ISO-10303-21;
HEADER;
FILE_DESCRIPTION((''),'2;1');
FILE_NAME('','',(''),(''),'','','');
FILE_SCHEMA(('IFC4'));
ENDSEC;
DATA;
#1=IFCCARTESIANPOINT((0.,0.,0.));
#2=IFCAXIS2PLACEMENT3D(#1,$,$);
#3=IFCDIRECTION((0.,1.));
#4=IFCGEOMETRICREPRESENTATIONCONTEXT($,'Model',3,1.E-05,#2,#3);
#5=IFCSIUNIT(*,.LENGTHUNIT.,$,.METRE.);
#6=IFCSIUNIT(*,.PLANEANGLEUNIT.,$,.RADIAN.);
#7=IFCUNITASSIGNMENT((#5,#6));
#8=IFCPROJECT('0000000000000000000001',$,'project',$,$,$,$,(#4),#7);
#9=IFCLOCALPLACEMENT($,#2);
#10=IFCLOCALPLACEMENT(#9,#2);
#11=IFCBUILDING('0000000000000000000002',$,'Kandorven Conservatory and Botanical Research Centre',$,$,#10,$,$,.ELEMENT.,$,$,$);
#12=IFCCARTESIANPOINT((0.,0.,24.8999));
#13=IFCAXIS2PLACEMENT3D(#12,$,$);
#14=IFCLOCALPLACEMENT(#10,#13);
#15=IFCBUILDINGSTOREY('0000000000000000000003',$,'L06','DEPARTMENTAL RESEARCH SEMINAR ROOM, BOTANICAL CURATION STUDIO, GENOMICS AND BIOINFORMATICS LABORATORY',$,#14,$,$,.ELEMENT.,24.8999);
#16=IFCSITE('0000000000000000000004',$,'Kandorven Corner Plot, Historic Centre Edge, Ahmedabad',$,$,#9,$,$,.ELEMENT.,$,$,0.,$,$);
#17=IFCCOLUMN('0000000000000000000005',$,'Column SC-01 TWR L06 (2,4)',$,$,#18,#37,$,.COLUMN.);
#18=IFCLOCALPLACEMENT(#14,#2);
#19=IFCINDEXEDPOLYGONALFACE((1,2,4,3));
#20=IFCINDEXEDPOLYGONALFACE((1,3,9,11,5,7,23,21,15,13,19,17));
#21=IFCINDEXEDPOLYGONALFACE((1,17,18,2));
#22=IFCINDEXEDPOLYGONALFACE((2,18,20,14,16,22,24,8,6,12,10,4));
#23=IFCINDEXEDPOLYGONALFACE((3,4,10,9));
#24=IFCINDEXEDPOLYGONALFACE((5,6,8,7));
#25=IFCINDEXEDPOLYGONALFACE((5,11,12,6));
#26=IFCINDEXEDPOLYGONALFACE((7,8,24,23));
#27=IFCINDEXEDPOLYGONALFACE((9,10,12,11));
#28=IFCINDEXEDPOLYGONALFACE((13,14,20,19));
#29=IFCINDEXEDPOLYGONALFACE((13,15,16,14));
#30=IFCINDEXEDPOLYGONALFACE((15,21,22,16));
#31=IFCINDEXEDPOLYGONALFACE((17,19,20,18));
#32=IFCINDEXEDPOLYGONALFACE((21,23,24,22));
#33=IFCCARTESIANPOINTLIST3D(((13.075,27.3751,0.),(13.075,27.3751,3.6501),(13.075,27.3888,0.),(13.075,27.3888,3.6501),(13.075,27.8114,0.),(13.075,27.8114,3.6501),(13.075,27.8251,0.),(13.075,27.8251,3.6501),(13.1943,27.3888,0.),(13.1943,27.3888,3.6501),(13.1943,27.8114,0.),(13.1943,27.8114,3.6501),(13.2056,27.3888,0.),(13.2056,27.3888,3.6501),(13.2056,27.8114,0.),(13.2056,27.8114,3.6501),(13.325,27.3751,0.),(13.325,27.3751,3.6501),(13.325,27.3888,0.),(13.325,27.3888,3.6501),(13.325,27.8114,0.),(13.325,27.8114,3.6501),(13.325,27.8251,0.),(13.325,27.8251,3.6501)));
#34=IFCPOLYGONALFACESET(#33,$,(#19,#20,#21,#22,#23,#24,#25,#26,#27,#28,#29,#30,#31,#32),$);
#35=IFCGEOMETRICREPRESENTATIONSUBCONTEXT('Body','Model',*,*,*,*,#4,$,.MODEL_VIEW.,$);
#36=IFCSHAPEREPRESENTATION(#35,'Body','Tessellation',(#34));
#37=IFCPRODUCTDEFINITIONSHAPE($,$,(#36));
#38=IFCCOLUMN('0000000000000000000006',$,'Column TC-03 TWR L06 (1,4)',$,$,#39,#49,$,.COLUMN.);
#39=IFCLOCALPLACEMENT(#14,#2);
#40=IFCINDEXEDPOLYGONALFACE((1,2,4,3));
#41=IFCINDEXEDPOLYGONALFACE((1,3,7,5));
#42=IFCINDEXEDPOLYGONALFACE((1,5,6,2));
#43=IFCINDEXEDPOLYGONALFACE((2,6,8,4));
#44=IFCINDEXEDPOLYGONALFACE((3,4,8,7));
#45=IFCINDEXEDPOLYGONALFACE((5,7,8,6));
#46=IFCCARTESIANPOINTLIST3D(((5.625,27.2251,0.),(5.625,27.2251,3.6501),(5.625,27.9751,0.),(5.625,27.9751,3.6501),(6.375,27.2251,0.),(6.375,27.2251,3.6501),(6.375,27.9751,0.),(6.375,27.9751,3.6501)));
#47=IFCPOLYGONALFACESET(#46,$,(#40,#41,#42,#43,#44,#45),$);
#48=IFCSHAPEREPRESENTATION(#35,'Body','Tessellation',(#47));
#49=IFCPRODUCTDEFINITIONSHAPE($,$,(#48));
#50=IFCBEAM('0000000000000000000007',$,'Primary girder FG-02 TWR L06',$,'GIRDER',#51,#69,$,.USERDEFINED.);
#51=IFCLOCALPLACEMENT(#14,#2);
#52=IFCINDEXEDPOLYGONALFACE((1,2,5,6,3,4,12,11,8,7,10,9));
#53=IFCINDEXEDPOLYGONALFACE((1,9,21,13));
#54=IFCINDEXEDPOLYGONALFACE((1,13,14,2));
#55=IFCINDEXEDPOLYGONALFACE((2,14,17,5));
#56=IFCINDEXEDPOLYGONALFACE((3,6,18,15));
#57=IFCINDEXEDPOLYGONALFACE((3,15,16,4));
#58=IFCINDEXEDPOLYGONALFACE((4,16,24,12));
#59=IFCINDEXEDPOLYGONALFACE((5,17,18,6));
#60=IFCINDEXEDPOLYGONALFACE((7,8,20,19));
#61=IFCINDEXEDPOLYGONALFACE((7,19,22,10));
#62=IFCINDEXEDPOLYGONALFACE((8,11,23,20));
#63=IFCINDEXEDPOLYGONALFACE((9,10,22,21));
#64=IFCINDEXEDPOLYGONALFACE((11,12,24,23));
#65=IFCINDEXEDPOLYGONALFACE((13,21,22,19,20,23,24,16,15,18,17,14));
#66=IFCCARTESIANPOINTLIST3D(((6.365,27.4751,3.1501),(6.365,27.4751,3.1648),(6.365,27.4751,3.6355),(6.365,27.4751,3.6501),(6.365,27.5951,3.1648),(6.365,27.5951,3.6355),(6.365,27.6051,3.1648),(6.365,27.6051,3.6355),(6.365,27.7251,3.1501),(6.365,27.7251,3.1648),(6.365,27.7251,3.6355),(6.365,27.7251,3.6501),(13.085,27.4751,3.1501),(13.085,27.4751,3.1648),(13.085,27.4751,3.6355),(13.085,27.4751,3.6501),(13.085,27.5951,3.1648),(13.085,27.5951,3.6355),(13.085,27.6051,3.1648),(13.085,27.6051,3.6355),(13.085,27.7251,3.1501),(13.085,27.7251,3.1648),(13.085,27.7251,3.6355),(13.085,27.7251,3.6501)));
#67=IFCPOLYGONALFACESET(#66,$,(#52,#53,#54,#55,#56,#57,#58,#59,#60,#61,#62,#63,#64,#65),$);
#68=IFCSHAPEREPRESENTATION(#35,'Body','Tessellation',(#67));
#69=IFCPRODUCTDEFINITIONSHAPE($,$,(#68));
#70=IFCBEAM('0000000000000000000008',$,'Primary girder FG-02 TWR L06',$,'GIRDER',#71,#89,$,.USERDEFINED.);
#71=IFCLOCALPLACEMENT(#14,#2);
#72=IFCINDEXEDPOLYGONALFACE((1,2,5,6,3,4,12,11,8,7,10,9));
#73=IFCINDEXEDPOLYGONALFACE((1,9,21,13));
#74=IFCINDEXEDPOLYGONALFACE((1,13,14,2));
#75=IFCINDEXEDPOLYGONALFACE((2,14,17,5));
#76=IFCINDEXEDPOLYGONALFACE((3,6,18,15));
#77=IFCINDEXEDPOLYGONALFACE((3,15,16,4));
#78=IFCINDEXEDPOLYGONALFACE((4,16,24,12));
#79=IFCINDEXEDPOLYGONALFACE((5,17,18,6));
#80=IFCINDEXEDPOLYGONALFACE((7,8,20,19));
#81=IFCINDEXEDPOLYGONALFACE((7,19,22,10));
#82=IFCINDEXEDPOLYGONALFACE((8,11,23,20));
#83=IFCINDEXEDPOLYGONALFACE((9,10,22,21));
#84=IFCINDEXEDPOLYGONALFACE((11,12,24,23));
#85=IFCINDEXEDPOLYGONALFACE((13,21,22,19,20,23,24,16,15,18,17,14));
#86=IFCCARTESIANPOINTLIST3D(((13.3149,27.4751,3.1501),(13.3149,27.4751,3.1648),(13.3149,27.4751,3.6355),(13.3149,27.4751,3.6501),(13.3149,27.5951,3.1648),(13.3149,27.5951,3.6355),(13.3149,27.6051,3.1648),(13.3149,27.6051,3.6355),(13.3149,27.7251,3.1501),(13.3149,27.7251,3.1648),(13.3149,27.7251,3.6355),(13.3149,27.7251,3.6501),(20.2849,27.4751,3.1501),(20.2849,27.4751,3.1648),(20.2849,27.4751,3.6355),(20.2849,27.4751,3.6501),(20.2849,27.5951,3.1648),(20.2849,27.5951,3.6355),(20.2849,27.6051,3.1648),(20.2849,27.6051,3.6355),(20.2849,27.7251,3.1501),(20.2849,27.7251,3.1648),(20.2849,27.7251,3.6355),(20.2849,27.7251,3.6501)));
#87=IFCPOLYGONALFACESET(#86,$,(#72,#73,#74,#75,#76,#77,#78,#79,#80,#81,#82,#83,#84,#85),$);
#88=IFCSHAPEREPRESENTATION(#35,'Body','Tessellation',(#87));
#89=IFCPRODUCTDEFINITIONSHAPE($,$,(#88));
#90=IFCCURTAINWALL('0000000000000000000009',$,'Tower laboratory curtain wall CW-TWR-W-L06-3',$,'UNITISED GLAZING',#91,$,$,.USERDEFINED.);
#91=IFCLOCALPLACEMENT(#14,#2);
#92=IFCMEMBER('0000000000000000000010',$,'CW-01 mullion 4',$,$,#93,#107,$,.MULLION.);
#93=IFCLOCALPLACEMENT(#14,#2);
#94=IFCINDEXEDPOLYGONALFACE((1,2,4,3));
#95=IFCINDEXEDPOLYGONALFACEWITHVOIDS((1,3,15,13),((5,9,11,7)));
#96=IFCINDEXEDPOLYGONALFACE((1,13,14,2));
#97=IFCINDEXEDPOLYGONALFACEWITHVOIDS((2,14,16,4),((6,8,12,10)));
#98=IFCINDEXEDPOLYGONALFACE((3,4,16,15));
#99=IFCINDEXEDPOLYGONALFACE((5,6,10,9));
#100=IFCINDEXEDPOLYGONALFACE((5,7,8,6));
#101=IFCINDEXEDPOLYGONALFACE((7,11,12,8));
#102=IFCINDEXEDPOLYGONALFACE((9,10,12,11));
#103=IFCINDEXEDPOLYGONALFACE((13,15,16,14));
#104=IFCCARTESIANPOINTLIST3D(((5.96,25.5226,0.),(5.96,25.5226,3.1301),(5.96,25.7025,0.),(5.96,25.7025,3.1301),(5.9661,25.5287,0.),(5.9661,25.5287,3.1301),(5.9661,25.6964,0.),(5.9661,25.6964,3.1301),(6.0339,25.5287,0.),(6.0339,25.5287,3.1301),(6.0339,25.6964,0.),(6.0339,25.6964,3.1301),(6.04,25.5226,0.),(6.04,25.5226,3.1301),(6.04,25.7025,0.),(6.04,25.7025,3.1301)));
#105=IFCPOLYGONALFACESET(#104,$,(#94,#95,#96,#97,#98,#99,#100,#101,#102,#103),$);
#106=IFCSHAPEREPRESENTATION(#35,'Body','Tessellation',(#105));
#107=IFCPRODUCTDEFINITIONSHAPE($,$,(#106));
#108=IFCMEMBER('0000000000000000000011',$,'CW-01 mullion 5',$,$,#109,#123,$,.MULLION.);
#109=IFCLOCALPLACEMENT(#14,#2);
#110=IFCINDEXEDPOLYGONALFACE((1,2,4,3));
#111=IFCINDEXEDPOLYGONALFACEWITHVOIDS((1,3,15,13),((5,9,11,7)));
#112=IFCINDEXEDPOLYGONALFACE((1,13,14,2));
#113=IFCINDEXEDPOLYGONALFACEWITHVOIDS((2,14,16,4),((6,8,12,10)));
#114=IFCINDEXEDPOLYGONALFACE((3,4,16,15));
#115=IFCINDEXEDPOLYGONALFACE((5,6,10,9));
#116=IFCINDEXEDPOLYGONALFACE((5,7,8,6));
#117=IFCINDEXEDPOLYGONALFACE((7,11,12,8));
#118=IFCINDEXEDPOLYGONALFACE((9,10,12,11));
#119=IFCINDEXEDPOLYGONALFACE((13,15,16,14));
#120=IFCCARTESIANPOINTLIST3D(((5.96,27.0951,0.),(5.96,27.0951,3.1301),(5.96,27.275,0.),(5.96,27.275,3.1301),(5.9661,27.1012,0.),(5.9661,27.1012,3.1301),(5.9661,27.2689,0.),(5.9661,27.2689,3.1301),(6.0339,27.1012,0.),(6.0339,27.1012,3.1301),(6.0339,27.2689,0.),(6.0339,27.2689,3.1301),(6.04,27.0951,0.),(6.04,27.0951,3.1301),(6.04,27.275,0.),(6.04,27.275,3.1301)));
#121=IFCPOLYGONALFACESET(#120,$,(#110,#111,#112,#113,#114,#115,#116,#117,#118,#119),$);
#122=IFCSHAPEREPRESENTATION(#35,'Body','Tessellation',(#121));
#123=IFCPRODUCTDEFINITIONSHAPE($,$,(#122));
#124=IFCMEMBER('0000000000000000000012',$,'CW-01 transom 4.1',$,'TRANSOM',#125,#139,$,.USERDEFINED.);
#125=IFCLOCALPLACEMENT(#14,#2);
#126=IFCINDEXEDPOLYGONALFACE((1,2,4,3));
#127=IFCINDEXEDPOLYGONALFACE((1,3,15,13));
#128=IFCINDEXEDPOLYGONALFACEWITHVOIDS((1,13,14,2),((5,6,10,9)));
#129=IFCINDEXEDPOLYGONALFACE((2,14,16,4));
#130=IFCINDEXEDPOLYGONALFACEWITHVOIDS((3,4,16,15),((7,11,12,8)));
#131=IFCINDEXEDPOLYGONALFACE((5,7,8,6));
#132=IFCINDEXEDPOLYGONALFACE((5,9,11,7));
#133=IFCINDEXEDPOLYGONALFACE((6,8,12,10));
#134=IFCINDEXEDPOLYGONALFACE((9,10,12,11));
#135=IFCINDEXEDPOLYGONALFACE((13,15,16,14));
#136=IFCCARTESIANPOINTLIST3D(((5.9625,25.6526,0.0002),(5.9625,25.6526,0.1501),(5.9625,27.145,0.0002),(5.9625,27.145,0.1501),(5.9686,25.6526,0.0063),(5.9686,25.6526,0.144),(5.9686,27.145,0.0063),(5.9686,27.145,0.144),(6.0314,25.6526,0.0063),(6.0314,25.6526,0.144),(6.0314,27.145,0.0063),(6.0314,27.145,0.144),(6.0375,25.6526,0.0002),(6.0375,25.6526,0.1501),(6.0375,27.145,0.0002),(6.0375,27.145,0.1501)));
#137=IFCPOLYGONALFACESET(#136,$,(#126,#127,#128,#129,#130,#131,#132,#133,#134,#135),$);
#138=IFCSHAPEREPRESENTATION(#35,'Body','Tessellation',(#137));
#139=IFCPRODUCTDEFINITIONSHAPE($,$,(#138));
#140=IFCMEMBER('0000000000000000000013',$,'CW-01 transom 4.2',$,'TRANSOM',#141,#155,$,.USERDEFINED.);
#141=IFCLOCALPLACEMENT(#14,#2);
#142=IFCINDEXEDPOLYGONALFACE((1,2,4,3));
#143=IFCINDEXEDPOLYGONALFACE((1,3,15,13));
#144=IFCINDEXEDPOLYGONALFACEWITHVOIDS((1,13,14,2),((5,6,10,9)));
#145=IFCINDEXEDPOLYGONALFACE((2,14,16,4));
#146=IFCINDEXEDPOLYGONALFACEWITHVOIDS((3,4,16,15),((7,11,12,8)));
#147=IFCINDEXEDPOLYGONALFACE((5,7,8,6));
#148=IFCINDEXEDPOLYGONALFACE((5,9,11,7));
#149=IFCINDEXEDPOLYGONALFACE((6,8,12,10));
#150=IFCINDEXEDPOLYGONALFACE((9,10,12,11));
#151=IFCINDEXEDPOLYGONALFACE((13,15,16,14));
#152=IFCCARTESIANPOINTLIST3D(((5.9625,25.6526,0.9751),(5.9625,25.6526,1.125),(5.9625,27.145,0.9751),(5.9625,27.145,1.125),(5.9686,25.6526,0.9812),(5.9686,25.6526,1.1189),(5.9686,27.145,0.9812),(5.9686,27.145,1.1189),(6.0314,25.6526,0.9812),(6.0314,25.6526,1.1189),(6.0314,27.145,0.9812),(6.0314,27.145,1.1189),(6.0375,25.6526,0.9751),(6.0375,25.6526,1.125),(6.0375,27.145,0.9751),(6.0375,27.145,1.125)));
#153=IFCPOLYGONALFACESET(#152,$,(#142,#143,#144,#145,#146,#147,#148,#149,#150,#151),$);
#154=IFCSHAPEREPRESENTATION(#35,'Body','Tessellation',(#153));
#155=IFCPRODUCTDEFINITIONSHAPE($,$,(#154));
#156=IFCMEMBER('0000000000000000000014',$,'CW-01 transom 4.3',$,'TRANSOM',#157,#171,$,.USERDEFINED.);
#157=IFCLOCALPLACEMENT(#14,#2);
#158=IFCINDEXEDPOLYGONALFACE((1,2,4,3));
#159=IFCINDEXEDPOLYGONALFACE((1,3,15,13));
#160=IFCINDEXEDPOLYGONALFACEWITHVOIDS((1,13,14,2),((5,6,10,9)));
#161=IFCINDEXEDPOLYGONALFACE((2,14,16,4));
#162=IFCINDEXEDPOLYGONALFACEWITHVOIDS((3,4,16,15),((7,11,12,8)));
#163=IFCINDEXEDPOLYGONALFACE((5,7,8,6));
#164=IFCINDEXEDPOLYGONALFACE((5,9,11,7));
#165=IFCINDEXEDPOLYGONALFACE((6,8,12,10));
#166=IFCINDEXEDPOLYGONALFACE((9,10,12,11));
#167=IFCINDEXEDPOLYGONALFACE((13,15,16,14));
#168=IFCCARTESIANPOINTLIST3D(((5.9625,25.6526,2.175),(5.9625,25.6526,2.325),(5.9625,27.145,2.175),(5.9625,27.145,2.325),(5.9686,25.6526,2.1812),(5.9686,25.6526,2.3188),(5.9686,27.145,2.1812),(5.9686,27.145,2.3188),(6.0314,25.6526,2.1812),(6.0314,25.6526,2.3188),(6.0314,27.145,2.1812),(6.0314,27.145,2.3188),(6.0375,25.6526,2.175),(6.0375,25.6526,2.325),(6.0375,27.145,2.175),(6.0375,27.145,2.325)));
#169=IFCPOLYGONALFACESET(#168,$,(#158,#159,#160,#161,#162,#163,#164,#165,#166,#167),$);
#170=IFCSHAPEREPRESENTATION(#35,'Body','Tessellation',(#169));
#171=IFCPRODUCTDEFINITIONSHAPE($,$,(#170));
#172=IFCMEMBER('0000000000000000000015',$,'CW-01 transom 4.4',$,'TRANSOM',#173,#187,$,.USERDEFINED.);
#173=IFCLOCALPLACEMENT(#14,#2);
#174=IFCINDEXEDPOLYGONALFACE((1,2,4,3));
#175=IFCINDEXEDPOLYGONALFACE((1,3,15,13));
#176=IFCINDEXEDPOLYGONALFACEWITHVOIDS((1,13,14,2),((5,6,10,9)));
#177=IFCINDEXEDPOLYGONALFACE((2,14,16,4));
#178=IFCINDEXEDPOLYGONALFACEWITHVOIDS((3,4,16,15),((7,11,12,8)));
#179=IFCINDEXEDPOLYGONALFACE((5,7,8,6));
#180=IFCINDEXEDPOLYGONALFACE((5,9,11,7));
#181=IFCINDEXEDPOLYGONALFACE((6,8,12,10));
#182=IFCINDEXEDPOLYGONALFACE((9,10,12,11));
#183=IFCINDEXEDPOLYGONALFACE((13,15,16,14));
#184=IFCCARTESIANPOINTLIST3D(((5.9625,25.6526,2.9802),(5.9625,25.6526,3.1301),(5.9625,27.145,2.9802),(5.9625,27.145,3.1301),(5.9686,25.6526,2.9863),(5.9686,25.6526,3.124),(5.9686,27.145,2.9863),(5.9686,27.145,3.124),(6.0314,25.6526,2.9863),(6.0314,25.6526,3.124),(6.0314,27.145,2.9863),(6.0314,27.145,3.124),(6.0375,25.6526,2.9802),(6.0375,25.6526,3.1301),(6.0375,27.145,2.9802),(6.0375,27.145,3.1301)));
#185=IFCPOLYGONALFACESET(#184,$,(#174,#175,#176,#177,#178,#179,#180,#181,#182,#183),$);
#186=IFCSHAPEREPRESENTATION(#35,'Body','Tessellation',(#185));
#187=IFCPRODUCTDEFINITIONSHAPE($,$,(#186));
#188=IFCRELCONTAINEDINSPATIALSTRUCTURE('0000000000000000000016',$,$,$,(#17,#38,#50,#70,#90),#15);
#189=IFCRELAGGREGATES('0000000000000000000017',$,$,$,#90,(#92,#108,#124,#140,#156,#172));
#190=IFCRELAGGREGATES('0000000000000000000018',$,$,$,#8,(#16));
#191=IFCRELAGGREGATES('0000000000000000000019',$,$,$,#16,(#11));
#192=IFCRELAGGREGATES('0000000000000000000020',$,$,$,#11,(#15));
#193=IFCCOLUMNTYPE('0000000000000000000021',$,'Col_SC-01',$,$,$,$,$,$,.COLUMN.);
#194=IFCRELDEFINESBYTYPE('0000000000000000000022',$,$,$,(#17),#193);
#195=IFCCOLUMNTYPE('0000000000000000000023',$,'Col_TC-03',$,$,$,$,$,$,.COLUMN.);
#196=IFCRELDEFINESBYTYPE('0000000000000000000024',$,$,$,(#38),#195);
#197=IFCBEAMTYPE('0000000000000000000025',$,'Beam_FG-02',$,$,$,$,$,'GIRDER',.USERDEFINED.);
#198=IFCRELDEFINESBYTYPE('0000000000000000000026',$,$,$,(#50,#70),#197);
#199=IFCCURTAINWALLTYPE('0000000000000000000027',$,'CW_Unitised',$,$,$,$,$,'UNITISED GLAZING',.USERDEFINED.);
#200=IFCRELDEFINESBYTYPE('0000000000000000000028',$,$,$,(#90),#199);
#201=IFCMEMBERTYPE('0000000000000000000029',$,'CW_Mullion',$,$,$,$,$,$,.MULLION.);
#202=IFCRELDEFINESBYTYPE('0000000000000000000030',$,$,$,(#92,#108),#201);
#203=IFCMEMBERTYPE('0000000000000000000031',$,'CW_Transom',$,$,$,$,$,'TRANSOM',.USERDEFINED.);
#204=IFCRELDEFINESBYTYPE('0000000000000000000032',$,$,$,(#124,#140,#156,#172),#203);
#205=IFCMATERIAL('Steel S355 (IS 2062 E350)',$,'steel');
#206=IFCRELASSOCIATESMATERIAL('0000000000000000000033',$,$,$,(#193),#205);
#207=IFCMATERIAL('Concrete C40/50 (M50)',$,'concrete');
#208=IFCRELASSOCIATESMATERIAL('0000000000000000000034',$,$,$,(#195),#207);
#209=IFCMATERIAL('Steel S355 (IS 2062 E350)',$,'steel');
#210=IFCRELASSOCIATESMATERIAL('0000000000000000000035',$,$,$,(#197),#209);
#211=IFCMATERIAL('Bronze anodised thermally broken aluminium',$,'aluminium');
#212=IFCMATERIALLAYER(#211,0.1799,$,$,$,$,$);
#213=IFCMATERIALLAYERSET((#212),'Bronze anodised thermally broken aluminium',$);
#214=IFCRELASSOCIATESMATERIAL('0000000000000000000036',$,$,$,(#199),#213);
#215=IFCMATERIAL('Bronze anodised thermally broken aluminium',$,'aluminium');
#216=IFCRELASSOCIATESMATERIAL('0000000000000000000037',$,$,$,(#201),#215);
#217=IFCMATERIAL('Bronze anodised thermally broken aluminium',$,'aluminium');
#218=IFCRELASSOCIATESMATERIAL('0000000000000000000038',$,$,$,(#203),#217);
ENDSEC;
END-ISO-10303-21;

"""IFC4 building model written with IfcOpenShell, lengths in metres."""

from ifc_helpers import new_model, si_unit, direction, frame, origin, origin_2d, place, context, subcontext, project, spatial, rectangle, hollow_rectangle, i_section, extrude, material, layer, layer_set, material_profile, profile_set, type_object, element, aggregate, save


model = new_model("IFC4")

# Units and contexts
model_context = context("Model", 3, precision=1e-05, world=origin(), true_north=direction((0.0, 1.0)))
body_context = subcontext(model_context, "Body", "Model", "MODEL_VIEW")
ifc_project = project(units=[si_unit("LENGTHUNIT", "METRE"), si_unit("PLANEANGLEUNIT", "RADIAN")], contexts=[model_context])

# Site, building, storey
site_placement = place(None, origin())
site = spatial("IfcSite", under=ifc_project, at=site_placement, Name="Kandorven Corner Plot, Historic Centre Edge, Ahmedabad", CompositionType="ELEMENT", RefElevation=0.0)
building_placement = place(site_placement, origin())
building = spatial("IfcBuilding", under=site, at=building_placement, Name="Kandorven Conservatory and Botanical Research Centre", CompositionType="ELEMENT")
storey_placement = place(building_placement, frame((0.0, 0.0, 24.8999)))
storey = spatial("IfcBuildingStorey", under=building, at=storey_placement, Name="L06", Description="DEPARTMENTAL RESEARCH SEMINAR ROOM, BOTANICAL CURATION STUDIO, GENOMICS AND BIOINFORMATICS LABORATORY", CompositionType="ELEMENT", Elevation=24.8999)

# Columns
ifc_material_1 = material(Name="Steel S355 (IS 2062 E350)", Category="steel")
ifc_material_profile_1 = material_profile(ifc_material_1, i_section(OverallWidth=0.25, OverallDepth=0.45, WebThickness=0.0112, FlangeThickness=0.0137, at=origin_2d()))
ifc_profile_set_1 = profile_set([ifc_material_profile_1], Name="Steel S355 (IS 2062 E350)")
column_type_1 = type_object("IfcColumnType", Name="Col_SC-01", PredefinedType="COLUMN", material=ifc_profile_set_1)
column_1_placement = place(storey_placement, frame((13.2, 27.6001, 0.0), z_axis=(0.0, 0.0, 1.0), x_axis=(1.0, 0.0, 0.0)))
element("IfcColumn", 1, at=column_1_placement, inside=storey, type_object=column_type_1, Name="Column SC-01 TWR L06 (2,4)", PredefinedType="COLUMN", context=body_context, shape_type="SweptSolid", body=[
    extrude(i_section(OverallWidth=0.25, OverallDepth=0.45, WebThickness=0.0112, FlangeThickness=0.0137, at=origin_2d()), origin(), (0.0, 0.0, 1.0), 3.6501),
])
ifc_material_2 = material(Name="Concrete C40/50 (M50)", Category="concrete")
ifc_material_profile_2 = material_profile(ifc_material_2, rectangle(XDim=0.75, YDim=0.75, at=origin_2d()))
ifc_profile_set_2 = profile_set([ifc_material_profile_2], Name="Concrete C40/50 (M50)")
column_type_2 = type_object("IfcColumnType", Name="Col_TC-03", PredefinedType="COLUMN", material=ifc_profile_set_2)
column_2_placement = place(storey_placement, frame((6.0, 27.6001, 0.0), z_axis=(0.0, 0.0, 1.0), x_axis=(1.0, 0.0, 0.0)))
element("IfcColumn", 2, at=column_2_placement, inside=storey, type_object=column_type_2, Name="Column TC-03 TWR L06 (1,4)", PredefinedType="COLUMN", context=body_context, shape_type="SweptSolid", body=[
    extrude(rectangle(XDim=0.75, YDim=0.75, at=origin_2d()), origin(), (0.0, 0.0, 1.0), 3.6501),
])

# Beams
ifc_material_3 = material(Name="Steel S355 (IS 2062 E350)", Category="steel")
ifc_material_profile_3 = material_profile(ifc_material_3, i_section(OverallWidth=0.25, OverallDepth=0.5, WebThickness=0.01, FlangeThickness=0.0146, at=origin_2d()))
ifc_profile_set_3 = profile_set([ifc_material_profile_3], Name="Steel S355 (IS 2062 E350)")
beam_type = type_object("IfcBeamType", Name="Beam_FG-02", ElementType="GIRDER", PredefinedType="USERDEFINED", material=ifc_profile_set_3)
beam_1_placement = place(storey_placement, frame((6.365, 27.6001, 3.4001), z_axis=(1.0, 0.0, 0.0), x_axis=(0.0, 1.0, 0.0)))
element("IfcBeam", 3, at=beam_1_placement, inside=storey, type_object=beam_type, Name="Primary girder FG-02 TWR L06", ObjectType="GIRDER", PredefinedType="USERDEFINED", context=body_context, shape_type="SweptSolid", body=[
    extrude(i_section(OverallWidth=0.25, OverallDepth=0.5, WebThickness=0.01, FlangeThickness=0.0146, at=origin_2d()), origin(), (0.0, 0.0, 1.0), 6.72),
])
beam_2_placement = place(storey_placement, frame((13.3149, 27.6001, 3.4001), z_axis=(1.0, 0.0, 0.0), x_axis=(0.0, 1.0, 0.0)))
element("IfcBeam", 4, at=beam_2_placement, inside=storey, type_object=beam_type, Name="Primary girder FG-02 TWR L06", ObjectType="GIRDER", PredefinedType="USERDEFINED", context=body_context, shape_type="SweptSolid", body=[
    extrude(i_section(OverallWidth=0.25, OverallDepth=0.5, WebThickness=0.01, FlangeThickness=0.0146, at=origin_2d()), origin(), (0.0, 0.0, 1.0), 6.97),
])

# Curtain wall, members
ifc_material_4 = material(Name="Bronze anodised thermally broken aluminium", Category="aluminium")
ifc_layer_1 = layer(ifc_material_4, 0.1799)
ifc_layer_set_1 = layer_set([ifc_layer_1], Name="Bronze anodised thermally broken aluminium")
curtain_wall_type = type_object("IfcCurtainWallType", Name="CW_Unitised", ElementType="UNITISED GLAZING", PredefinedType="USERDEFINED", material=ifc_layer_set_1)
curtain_wall_placement = place(storey_placement, origin())
curtain_wall = element("IfcCurtainWall", 5, at=curtain_wall_placement, inside=storey, type_object=curtain_wall_type, Name="Tower laboratory curtain wall CW-TWR-W-L06-3", ObjectType="UNITISED GLAZING", PredefinedType="USERDEFINED")
ifc_material_5 = material(Name="Bronze anodised thermally broken aluminium", Category="aluminium")
ifc_material_profile_4 = material_profile(ifc_material_5, hollow_rectangle(XDim=0.0801, YDim=0.1799, WallThickness=0.0061, at=origin_2d()))
ifc_profile_set_4 = profile_set([ifc_material_profile_4], Name="Bronze anodised thermally broken aluminium")
member_type_1 = type_object("IfcMemberType", Name="CW_Mullion", PredefinedType="MULLION", material=ifc_profile_set_4)
member_1_placement = place(storey_placement, frame((6.0, 25.6125, 0.0), z_axis=(0.0, 0.0, 1.0), x_axis=(-1.0, 0.0, 0.0)))
member_1 = element("IfcMember", 6, at=member_1_placement, type_object=member_type_1, Name="CW-01 mullion 4", PredefinedType="MULLION", context=body_context, shape_type="SweptSolid", body=[
    extrude(hollow_rectangle(XDim=0.0801, YDim=0.1799, WallThickness=0.0061, at=origin_2d()), origin(), (0.0, 0.0, 1.0), 3.1301),
])
member_2_placement = place(storey_placement, frame((6.0, 27.1851, 0.0), z_axis=(0.0, 0.0, 1.0), x_axis=(-1.0, 0.0, 0.0)))
member_2 = element("IfcMember", 7, at=member_2_placement, type_object=member_type_1, Name="CW-01 mullion 5", PredefinedType="MULLION", context=body_context, shape_type="SweptSolid", body=[
    extrude(hollow_rectangle(XDim=0.0801, YDim=0.1799, WallThickness=0.0061, at=origin_2d()), origin(), (0.0, 0.0, 1.0), 3.1301),
])
ifc_material_6 = material(Name="Bronze anodised thermally broken aluminium", Category="aluminium")
ifc_material_profile_5 = material_profile(ifc_material_6, hollow_rectangle(XDim=0.075, YDim=0.1499, WallThickness=0.0061, at=origin_2d()))
ifc_profile_set_5 = profile_set([ifc_material_profile_5], Name="Bronze anodised thermally broken aluminium")
member_type_2 = type_object("IfcMemberType", Name="CW_Transom", ElementType="TRANSOM", PredefinedType="USERDEFINED", material=ifc_profile_set_5)
member_3_placement = place(storey_placement, frame((6.0, 25.6526, 0.0752), z_axis=(0.0, 1.0, 0.0), x_axis=(-1.0, 0.0, 0.0)))
member_3 = element("IfcMember", 8, at=member_3_placement, type_object=member_type_2, Name="CW-01 transom 4.1", ObjectType="TRANSOM", PredefinedType="USERDEFINED", context=body_context, shape_type="SweptSolid", body=[
    extrude(hollow_rectangle(XDim=0.075, YDim=0.1499, WallThickness=0.0061, at=origin_2d()), origin(), (0.0, 0.0, 1.0), 1.4924),
])
member_4_placement = place(storey_placement, frame((6.0, 25.6526, 1.05), z_axis=(0.0, 1.0, 0.0), x_axis=(-1.0, 0.0, 0.0)))
member_4 = element("IfcMember", 9, at=member_4_placement, type_object=member_type_2, Name="CW-01 transom 4.2", ObjectType="TRANSOM", PredefinedType="USERDEFINED", context=body_context, shape_type="SweptSolid", body=[
    extrude(hollow_rectangle(XDim=0.075, YDim=0.1499, WallThickness=0.0061, at=origin_2d()), origin(), (0.0, 0.0, 1.0), 1.4924),
])
member_5_placement = place(storey_placement, frame((6.0, 25.6526, 2.25), z_axis=(0.0, 1.0, 0.0), x_axis=(-1.0, 0.0, 0.0)))
member_5 = element("IfcMember", 10, at=member_5_placement, type_object=member_type_2, Name="CW-01 transom 4.3", ObjectType="TRANSOM", PredefinedType="USERDEFINED", context=body_context, shape_type="SweptSolid", body=[
    extrude(hollow_rectangle(XDim=0.075, YDim=0.1499, WallThickness=0.0061, at=origin_2d()), origin(), (0.0, 0.0, 1.0), 1.4924),
])
member_6_placement = place(storey_placement, frame((6.0, 25.6526, 3.0552), z_axis=(0.0, 1.0, 0.0), x_axis=(-1.0, 0.0, 0.0)))
member_6 = element("IfcMember", 11, at=member_6_placement, type_object=member_type_2, Name="CW-01 transom 4.4", ObjectType="TRANSOM", PredefinedType="USERDEFINED", context=body_context, shape_type="SweptSolid", body=[
    extrude(hollow_rectangle(XDim=0.075, YDim=0.1499, WallThickness=0.0061, at=origin_2d()), origin(), (0.0, 0.0, 1.0), 1.4924),
])
aggregate(curtain_wall, [member_1, member_2, member_3, member_4, member_5, member_6])

save(model, "model.ifc")
